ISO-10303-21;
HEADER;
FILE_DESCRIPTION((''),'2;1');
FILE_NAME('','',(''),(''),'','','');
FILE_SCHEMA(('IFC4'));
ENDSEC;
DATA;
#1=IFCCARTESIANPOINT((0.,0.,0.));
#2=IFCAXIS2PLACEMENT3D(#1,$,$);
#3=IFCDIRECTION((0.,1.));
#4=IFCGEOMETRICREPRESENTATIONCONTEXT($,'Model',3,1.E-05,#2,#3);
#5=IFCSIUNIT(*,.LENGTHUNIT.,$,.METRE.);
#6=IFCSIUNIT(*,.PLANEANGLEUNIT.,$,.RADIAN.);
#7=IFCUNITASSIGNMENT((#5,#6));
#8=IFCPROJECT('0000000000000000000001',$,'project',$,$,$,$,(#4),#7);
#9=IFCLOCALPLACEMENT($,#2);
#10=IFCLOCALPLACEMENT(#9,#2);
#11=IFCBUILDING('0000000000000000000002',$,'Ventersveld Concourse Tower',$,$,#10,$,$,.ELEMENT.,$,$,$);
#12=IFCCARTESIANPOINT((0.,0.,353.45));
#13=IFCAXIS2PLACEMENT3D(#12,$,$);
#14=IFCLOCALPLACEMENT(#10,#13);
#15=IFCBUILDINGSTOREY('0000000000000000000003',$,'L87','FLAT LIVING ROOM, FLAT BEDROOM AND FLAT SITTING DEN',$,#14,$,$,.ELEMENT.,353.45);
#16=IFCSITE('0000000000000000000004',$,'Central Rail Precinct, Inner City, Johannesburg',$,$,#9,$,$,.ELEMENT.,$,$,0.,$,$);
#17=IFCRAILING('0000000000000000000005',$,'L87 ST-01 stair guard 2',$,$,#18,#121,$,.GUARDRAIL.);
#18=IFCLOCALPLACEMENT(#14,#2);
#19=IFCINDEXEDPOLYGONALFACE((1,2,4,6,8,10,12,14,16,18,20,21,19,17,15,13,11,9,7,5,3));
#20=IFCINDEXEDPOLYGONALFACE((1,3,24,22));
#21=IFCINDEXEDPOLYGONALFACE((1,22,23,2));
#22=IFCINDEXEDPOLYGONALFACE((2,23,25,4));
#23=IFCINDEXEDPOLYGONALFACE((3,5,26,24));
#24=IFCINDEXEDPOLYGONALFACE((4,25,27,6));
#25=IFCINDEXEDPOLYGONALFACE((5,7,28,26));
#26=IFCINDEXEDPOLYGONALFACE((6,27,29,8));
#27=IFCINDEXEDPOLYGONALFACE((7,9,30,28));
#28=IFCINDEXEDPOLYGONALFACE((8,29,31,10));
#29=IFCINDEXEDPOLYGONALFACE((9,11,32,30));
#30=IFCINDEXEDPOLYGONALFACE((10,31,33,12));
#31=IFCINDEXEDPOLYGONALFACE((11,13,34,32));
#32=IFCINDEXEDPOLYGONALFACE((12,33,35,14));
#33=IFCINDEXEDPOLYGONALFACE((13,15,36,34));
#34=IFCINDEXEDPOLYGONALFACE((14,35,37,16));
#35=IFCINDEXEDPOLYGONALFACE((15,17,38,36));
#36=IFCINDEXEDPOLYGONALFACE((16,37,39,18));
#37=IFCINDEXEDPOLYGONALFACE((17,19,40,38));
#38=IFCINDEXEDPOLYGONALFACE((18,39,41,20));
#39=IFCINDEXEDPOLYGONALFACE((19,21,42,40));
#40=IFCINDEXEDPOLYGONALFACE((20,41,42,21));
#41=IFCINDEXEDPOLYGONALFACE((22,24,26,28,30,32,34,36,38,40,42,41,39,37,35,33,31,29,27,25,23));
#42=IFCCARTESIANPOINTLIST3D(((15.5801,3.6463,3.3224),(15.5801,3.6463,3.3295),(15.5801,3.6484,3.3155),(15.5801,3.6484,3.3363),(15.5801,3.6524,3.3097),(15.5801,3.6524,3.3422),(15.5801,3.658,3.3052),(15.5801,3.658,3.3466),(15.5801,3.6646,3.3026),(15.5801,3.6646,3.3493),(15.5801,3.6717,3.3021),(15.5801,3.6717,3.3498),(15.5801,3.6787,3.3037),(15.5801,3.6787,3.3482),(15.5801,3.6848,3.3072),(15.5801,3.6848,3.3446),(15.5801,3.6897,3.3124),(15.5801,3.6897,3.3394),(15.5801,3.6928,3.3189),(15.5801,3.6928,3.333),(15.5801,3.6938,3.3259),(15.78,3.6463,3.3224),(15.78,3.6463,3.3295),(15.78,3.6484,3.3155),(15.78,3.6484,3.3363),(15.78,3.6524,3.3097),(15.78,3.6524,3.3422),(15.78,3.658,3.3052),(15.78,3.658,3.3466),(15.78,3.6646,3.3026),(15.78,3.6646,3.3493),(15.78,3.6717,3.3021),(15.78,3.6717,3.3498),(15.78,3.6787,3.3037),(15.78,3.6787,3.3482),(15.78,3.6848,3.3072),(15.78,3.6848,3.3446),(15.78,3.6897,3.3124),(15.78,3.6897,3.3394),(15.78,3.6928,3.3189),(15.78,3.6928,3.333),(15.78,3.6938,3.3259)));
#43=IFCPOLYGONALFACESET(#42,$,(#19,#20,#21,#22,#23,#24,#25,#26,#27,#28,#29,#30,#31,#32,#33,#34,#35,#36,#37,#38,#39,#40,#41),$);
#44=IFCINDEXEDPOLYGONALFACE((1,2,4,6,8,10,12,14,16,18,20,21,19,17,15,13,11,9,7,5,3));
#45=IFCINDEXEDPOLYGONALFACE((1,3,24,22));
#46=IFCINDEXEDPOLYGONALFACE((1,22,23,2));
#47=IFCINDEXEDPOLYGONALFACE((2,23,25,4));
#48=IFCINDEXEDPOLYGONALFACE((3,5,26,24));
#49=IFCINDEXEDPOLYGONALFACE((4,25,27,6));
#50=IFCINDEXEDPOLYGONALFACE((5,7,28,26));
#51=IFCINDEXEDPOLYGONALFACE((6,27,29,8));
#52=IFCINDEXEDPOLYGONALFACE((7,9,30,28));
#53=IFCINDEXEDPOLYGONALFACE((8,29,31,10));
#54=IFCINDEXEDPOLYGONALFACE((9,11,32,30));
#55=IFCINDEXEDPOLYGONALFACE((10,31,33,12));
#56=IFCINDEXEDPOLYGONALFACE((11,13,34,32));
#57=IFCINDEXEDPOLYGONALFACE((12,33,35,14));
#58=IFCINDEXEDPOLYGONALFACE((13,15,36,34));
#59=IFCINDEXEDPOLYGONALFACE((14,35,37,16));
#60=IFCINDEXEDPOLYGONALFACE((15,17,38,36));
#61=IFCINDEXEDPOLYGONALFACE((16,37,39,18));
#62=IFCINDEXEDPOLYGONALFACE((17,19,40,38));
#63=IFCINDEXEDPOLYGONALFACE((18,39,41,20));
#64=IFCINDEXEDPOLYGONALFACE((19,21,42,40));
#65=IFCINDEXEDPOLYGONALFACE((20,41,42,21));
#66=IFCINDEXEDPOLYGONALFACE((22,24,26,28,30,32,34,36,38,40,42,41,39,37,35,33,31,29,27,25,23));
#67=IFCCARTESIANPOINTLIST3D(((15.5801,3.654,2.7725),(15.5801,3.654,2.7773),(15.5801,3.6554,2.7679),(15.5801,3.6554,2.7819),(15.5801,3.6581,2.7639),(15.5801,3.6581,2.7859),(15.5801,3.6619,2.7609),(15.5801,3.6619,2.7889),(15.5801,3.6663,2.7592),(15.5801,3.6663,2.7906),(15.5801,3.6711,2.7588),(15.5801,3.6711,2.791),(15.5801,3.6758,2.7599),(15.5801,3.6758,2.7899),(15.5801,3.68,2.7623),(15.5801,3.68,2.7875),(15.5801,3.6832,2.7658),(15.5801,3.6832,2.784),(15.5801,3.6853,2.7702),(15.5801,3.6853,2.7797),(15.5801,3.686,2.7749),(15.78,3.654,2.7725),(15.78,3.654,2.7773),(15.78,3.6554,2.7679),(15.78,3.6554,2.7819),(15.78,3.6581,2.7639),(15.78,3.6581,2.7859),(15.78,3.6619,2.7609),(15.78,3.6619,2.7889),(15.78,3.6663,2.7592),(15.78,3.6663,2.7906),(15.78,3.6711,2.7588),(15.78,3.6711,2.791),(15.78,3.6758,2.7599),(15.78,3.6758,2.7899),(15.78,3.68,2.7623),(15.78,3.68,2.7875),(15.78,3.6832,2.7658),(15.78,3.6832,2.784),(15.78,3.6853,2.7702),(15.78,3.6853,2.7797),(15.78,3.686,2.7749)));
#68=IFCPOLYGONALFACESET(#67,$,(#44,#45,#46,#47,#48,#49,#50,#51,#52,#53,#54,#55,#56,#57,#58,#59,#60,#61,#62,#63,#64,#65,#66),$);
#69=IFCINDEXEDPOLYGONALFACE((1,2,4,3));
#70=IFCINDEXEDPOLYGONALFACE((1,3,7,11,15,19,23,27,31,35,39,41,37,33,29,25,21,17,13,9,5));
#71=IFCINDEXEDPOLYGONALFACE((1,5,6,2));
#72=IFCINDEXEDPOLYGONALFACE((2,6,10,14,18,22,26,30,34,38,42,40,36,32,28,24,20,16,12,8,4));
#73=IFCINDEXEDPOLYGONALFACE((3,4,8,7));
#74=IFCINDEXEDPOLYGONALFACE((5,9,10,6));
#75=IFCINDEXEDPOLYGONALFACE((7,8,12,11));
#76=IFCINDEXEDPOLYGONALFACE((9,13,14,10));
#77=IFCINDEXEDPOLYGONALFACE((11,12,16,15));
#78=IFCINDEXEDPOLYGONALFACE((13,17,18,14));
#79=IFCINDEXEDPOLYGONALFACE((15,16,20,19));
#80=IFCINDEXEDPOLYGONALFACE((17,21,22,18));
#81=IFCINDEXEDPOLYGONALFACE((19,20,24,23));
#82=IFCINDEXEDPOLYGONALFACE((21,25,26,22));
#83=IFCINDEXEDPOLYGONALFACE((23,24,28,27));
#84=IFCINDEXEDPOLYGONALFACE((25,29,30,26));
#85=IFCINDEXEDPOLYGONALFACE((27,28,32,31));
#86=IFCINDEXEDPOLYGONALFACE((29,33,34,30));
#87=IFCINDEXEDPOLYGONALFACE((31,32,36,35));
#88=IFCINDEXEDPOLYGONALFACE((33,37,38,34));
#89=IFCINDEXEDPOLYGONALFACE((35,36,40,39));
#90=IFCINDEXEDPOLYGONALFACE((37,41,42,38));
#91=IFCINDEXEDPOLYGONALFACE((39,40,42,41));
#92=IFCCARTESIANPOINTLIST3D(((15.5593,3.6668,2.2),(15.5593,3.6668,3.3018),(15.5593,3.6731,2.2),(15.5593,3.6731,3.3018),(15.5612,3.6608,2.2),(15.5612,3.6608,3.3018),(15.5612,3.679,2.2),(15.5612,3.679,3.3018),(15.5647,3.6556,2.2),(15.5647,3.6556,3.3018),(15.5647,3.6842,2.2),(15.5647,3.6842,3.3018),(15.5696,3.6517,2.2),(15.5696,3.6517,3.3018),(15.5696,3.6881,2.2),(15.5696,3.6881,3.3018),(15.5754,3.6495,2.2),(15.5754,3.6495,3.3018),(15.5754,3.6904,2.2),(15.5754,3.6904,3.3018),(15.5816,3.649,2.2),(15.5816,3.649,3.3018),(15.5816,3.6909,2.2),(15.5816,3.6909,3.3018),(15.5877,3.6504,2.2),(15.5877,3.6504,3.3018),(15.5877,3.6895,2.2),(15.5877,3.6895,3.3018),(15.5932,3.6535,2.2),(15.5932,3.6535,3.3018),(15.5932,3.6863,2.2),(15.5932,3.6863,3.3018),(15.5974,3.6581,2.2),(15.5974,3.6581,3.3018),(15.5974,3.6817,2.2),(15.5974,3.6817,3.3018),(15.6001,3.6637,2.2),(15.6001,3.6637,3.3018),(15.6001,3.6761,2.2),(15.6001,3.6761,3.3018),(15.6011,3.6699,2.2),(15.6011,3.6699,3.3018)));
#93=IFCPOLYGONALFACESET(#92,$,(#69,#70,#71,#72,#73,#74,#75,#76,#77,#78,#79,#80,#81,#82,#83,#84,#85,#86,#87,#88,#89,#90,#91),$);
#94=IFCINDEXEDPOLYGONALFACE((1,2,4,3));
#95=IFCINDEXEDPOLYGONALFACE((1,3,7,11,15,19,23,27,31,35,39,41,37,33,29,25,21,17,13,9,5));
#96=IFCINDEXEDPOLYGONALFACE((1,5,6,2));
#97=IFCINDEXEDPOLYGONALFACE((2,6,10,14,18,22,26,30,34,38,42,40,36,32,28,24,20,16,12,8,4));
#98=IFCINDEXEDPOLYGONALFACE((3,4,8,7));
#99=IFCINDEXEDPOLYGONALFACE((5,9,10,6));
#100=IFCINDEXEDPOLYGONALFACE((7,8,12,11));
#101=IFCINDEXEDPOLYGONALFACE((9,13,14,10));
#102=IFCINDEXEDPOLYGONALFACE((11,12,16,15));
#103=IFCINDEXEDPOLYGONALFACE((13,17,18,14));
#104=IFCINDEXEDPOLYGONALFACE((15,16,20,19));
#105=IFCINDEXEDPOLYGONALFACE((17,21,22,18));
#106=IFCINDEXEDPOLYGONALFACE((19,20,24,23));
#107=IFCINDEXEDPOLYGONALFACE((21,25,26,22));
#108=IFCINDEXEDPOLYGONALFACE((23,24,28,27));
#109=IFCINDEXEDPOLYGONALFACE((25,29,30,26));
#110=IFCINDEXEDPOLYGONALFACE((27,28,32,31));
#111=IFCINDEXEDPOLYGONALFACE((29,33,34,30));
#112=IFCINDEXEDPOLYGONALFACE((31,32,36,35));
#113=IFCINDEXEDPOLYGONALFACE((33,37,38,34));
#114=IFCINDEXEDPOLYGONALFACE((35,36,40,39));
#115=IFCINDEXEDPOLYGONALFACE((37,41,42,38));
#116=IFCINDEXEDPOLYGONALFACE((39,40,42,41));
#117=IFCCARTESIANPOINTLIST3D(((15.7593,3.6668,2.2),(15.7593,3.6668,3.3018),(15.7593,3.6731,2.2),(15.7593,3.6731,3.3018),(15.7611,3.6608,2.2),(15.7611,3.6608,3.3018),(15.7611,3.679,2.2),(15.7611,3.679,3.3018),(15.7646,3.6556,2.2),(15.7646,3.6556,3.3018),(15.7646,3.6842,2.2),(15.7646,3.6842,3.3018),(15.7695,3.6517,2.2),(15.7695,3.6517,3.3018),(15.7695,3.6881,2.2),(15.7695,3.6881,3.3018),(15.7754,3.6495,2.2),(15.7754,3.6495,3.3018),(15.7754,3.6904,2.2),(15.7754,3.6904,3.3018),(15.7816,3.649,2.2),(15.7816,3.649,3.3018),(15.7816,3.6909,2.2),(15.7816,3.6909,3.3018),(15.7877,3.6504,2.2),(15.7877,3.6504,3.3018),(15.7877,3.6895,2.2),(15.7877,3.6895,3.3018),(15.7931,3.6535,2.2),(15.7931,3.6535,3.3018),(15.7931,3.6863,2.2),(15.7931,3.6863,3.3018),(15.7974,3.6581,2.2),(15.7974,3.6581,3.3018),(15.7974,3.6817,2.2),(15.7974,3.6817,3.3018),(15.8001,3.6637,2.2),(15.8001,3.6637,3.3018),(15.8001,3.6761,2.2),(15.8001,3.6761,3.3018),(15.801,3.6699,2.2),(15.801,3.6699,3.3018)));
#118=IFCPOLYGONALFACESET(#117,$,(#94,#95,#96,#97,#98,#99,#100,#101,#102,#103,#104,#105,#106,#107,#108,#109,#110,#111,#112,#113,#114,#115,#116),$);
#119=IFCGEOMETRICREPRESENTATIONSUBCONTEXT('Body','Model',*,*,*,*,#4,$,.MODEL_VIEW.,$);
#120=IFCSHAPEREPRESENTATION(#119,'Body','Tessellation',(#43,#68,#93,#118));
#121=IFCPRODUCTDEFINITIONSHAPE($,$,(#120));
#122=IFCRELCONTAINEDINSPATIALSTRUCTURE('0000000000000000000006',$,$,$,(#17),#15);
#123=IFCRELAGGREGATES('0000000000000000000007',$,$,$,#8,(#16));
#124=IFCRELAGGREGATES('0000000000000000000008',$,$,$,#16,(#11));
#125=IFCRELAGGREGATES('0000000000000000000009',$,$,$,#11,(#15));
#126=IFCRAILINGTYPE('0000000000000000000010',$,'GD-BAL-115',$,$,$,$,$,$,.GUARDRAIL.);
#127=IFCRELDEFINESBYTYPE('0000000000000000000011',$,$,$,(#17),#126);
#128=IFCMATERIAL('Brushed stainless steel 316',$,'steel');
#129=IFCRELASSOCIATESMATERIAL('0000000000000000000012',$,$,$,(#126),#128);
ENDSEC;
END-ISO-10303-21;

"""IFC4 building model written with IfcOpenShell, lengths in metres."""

from ifc_helpers import new_model, si_unit, direction, frame, origin, origin_2d, place, context, subcontext, project, spatial, circle, extrude, material, type_object, element, save


model = new_model("IFC4")

# Units and contexts
model_context = context("Model", 3, precision=1e-05, world=origin(), true_north=direction((0.0, 1.0)))
body_context = subcontext(model_context, "Body", "Model", "MODEL_VIEW")
ifc_project = project(units=[si_unit("LENGTHUNIT", "METRE"), si_unit("PLANEANGLEUNIT", "RADIAN")], contexts=[model_context])

# Site, building, storey
site_placement = place(None, origin())
site = spatial("IfcSite", under=ifc_project, at=site_placement, Name="Central Rail Precinct, Inner City, Johannesburg", CompositionType="ELEMENT", RefElevation=0.0)
building_placement = place(site_placement, origin())
building = spatial("IfcBuilding", under=site, at=building_placement, Name="Ventersveld Concourse Tower", CompositionType="ELEMENT")
storey_placement = place(building_placement, frame((0.0, 0.0, 353.45)))
storey = spatial("IfcBuildingStorey", under=building, at=storey_placement, Name="L87", Description="FLAT LIVING ROOM, FLAT BEDROOM AND FLAT SITTING DEN", CompositionType="ELEMENT", Elevation=353.45)

# Railing
ifc_material_1 = material(Name="Brushed stainless steel 316", Category="steel")
railing_type_1 = type_object("IfcRailingType", Name="GD-BAL-115", PredefinedType="GUARDRAIL", material=ifc_material_1)
railing_1_placement = place(storey_placement, frame((15.5801, 3.6699, 2.2)))
element("IfcRailing", 1, at=railing_1_placement, inside=storey, type_object=railing_type_1, Name="L87 ST-01 stair guard 2", PredefinedType="GUARDRAIL", context=body_context, shape_type="SweptSolid", body=[
    extrude(circle(Radius=0.0239, at=origin_2d()), frame((0.0, 0.0, 1.126), z_axis=(1.0, 0.0, 0.0), x_axis=(0.0, 1.0, 0.0)), (0.0, 0.0, 1.0), 0.2),
    extrude(circle(Radius=0.0161, at=origin_2d()), frame((0.0, 0.0, 0.575), z_axis=(1.0, 0.0, 0.0), x_axis=(0.0, 1.0, 0.0)), (0.0, 0.0, 1.0), 0.2),
    extrude(circle(Radius=0.021, at=origin_2d()), origin(), (0.0, 0.0, 1.0), 1.1018),
    extrude(circle(Radius=0.021, at=origin_2d()), frame((0.2, 0.0, 0.0)), (0.0, 0.0, 1.0), 1.1018),
])

save(model, "model.ifc")
